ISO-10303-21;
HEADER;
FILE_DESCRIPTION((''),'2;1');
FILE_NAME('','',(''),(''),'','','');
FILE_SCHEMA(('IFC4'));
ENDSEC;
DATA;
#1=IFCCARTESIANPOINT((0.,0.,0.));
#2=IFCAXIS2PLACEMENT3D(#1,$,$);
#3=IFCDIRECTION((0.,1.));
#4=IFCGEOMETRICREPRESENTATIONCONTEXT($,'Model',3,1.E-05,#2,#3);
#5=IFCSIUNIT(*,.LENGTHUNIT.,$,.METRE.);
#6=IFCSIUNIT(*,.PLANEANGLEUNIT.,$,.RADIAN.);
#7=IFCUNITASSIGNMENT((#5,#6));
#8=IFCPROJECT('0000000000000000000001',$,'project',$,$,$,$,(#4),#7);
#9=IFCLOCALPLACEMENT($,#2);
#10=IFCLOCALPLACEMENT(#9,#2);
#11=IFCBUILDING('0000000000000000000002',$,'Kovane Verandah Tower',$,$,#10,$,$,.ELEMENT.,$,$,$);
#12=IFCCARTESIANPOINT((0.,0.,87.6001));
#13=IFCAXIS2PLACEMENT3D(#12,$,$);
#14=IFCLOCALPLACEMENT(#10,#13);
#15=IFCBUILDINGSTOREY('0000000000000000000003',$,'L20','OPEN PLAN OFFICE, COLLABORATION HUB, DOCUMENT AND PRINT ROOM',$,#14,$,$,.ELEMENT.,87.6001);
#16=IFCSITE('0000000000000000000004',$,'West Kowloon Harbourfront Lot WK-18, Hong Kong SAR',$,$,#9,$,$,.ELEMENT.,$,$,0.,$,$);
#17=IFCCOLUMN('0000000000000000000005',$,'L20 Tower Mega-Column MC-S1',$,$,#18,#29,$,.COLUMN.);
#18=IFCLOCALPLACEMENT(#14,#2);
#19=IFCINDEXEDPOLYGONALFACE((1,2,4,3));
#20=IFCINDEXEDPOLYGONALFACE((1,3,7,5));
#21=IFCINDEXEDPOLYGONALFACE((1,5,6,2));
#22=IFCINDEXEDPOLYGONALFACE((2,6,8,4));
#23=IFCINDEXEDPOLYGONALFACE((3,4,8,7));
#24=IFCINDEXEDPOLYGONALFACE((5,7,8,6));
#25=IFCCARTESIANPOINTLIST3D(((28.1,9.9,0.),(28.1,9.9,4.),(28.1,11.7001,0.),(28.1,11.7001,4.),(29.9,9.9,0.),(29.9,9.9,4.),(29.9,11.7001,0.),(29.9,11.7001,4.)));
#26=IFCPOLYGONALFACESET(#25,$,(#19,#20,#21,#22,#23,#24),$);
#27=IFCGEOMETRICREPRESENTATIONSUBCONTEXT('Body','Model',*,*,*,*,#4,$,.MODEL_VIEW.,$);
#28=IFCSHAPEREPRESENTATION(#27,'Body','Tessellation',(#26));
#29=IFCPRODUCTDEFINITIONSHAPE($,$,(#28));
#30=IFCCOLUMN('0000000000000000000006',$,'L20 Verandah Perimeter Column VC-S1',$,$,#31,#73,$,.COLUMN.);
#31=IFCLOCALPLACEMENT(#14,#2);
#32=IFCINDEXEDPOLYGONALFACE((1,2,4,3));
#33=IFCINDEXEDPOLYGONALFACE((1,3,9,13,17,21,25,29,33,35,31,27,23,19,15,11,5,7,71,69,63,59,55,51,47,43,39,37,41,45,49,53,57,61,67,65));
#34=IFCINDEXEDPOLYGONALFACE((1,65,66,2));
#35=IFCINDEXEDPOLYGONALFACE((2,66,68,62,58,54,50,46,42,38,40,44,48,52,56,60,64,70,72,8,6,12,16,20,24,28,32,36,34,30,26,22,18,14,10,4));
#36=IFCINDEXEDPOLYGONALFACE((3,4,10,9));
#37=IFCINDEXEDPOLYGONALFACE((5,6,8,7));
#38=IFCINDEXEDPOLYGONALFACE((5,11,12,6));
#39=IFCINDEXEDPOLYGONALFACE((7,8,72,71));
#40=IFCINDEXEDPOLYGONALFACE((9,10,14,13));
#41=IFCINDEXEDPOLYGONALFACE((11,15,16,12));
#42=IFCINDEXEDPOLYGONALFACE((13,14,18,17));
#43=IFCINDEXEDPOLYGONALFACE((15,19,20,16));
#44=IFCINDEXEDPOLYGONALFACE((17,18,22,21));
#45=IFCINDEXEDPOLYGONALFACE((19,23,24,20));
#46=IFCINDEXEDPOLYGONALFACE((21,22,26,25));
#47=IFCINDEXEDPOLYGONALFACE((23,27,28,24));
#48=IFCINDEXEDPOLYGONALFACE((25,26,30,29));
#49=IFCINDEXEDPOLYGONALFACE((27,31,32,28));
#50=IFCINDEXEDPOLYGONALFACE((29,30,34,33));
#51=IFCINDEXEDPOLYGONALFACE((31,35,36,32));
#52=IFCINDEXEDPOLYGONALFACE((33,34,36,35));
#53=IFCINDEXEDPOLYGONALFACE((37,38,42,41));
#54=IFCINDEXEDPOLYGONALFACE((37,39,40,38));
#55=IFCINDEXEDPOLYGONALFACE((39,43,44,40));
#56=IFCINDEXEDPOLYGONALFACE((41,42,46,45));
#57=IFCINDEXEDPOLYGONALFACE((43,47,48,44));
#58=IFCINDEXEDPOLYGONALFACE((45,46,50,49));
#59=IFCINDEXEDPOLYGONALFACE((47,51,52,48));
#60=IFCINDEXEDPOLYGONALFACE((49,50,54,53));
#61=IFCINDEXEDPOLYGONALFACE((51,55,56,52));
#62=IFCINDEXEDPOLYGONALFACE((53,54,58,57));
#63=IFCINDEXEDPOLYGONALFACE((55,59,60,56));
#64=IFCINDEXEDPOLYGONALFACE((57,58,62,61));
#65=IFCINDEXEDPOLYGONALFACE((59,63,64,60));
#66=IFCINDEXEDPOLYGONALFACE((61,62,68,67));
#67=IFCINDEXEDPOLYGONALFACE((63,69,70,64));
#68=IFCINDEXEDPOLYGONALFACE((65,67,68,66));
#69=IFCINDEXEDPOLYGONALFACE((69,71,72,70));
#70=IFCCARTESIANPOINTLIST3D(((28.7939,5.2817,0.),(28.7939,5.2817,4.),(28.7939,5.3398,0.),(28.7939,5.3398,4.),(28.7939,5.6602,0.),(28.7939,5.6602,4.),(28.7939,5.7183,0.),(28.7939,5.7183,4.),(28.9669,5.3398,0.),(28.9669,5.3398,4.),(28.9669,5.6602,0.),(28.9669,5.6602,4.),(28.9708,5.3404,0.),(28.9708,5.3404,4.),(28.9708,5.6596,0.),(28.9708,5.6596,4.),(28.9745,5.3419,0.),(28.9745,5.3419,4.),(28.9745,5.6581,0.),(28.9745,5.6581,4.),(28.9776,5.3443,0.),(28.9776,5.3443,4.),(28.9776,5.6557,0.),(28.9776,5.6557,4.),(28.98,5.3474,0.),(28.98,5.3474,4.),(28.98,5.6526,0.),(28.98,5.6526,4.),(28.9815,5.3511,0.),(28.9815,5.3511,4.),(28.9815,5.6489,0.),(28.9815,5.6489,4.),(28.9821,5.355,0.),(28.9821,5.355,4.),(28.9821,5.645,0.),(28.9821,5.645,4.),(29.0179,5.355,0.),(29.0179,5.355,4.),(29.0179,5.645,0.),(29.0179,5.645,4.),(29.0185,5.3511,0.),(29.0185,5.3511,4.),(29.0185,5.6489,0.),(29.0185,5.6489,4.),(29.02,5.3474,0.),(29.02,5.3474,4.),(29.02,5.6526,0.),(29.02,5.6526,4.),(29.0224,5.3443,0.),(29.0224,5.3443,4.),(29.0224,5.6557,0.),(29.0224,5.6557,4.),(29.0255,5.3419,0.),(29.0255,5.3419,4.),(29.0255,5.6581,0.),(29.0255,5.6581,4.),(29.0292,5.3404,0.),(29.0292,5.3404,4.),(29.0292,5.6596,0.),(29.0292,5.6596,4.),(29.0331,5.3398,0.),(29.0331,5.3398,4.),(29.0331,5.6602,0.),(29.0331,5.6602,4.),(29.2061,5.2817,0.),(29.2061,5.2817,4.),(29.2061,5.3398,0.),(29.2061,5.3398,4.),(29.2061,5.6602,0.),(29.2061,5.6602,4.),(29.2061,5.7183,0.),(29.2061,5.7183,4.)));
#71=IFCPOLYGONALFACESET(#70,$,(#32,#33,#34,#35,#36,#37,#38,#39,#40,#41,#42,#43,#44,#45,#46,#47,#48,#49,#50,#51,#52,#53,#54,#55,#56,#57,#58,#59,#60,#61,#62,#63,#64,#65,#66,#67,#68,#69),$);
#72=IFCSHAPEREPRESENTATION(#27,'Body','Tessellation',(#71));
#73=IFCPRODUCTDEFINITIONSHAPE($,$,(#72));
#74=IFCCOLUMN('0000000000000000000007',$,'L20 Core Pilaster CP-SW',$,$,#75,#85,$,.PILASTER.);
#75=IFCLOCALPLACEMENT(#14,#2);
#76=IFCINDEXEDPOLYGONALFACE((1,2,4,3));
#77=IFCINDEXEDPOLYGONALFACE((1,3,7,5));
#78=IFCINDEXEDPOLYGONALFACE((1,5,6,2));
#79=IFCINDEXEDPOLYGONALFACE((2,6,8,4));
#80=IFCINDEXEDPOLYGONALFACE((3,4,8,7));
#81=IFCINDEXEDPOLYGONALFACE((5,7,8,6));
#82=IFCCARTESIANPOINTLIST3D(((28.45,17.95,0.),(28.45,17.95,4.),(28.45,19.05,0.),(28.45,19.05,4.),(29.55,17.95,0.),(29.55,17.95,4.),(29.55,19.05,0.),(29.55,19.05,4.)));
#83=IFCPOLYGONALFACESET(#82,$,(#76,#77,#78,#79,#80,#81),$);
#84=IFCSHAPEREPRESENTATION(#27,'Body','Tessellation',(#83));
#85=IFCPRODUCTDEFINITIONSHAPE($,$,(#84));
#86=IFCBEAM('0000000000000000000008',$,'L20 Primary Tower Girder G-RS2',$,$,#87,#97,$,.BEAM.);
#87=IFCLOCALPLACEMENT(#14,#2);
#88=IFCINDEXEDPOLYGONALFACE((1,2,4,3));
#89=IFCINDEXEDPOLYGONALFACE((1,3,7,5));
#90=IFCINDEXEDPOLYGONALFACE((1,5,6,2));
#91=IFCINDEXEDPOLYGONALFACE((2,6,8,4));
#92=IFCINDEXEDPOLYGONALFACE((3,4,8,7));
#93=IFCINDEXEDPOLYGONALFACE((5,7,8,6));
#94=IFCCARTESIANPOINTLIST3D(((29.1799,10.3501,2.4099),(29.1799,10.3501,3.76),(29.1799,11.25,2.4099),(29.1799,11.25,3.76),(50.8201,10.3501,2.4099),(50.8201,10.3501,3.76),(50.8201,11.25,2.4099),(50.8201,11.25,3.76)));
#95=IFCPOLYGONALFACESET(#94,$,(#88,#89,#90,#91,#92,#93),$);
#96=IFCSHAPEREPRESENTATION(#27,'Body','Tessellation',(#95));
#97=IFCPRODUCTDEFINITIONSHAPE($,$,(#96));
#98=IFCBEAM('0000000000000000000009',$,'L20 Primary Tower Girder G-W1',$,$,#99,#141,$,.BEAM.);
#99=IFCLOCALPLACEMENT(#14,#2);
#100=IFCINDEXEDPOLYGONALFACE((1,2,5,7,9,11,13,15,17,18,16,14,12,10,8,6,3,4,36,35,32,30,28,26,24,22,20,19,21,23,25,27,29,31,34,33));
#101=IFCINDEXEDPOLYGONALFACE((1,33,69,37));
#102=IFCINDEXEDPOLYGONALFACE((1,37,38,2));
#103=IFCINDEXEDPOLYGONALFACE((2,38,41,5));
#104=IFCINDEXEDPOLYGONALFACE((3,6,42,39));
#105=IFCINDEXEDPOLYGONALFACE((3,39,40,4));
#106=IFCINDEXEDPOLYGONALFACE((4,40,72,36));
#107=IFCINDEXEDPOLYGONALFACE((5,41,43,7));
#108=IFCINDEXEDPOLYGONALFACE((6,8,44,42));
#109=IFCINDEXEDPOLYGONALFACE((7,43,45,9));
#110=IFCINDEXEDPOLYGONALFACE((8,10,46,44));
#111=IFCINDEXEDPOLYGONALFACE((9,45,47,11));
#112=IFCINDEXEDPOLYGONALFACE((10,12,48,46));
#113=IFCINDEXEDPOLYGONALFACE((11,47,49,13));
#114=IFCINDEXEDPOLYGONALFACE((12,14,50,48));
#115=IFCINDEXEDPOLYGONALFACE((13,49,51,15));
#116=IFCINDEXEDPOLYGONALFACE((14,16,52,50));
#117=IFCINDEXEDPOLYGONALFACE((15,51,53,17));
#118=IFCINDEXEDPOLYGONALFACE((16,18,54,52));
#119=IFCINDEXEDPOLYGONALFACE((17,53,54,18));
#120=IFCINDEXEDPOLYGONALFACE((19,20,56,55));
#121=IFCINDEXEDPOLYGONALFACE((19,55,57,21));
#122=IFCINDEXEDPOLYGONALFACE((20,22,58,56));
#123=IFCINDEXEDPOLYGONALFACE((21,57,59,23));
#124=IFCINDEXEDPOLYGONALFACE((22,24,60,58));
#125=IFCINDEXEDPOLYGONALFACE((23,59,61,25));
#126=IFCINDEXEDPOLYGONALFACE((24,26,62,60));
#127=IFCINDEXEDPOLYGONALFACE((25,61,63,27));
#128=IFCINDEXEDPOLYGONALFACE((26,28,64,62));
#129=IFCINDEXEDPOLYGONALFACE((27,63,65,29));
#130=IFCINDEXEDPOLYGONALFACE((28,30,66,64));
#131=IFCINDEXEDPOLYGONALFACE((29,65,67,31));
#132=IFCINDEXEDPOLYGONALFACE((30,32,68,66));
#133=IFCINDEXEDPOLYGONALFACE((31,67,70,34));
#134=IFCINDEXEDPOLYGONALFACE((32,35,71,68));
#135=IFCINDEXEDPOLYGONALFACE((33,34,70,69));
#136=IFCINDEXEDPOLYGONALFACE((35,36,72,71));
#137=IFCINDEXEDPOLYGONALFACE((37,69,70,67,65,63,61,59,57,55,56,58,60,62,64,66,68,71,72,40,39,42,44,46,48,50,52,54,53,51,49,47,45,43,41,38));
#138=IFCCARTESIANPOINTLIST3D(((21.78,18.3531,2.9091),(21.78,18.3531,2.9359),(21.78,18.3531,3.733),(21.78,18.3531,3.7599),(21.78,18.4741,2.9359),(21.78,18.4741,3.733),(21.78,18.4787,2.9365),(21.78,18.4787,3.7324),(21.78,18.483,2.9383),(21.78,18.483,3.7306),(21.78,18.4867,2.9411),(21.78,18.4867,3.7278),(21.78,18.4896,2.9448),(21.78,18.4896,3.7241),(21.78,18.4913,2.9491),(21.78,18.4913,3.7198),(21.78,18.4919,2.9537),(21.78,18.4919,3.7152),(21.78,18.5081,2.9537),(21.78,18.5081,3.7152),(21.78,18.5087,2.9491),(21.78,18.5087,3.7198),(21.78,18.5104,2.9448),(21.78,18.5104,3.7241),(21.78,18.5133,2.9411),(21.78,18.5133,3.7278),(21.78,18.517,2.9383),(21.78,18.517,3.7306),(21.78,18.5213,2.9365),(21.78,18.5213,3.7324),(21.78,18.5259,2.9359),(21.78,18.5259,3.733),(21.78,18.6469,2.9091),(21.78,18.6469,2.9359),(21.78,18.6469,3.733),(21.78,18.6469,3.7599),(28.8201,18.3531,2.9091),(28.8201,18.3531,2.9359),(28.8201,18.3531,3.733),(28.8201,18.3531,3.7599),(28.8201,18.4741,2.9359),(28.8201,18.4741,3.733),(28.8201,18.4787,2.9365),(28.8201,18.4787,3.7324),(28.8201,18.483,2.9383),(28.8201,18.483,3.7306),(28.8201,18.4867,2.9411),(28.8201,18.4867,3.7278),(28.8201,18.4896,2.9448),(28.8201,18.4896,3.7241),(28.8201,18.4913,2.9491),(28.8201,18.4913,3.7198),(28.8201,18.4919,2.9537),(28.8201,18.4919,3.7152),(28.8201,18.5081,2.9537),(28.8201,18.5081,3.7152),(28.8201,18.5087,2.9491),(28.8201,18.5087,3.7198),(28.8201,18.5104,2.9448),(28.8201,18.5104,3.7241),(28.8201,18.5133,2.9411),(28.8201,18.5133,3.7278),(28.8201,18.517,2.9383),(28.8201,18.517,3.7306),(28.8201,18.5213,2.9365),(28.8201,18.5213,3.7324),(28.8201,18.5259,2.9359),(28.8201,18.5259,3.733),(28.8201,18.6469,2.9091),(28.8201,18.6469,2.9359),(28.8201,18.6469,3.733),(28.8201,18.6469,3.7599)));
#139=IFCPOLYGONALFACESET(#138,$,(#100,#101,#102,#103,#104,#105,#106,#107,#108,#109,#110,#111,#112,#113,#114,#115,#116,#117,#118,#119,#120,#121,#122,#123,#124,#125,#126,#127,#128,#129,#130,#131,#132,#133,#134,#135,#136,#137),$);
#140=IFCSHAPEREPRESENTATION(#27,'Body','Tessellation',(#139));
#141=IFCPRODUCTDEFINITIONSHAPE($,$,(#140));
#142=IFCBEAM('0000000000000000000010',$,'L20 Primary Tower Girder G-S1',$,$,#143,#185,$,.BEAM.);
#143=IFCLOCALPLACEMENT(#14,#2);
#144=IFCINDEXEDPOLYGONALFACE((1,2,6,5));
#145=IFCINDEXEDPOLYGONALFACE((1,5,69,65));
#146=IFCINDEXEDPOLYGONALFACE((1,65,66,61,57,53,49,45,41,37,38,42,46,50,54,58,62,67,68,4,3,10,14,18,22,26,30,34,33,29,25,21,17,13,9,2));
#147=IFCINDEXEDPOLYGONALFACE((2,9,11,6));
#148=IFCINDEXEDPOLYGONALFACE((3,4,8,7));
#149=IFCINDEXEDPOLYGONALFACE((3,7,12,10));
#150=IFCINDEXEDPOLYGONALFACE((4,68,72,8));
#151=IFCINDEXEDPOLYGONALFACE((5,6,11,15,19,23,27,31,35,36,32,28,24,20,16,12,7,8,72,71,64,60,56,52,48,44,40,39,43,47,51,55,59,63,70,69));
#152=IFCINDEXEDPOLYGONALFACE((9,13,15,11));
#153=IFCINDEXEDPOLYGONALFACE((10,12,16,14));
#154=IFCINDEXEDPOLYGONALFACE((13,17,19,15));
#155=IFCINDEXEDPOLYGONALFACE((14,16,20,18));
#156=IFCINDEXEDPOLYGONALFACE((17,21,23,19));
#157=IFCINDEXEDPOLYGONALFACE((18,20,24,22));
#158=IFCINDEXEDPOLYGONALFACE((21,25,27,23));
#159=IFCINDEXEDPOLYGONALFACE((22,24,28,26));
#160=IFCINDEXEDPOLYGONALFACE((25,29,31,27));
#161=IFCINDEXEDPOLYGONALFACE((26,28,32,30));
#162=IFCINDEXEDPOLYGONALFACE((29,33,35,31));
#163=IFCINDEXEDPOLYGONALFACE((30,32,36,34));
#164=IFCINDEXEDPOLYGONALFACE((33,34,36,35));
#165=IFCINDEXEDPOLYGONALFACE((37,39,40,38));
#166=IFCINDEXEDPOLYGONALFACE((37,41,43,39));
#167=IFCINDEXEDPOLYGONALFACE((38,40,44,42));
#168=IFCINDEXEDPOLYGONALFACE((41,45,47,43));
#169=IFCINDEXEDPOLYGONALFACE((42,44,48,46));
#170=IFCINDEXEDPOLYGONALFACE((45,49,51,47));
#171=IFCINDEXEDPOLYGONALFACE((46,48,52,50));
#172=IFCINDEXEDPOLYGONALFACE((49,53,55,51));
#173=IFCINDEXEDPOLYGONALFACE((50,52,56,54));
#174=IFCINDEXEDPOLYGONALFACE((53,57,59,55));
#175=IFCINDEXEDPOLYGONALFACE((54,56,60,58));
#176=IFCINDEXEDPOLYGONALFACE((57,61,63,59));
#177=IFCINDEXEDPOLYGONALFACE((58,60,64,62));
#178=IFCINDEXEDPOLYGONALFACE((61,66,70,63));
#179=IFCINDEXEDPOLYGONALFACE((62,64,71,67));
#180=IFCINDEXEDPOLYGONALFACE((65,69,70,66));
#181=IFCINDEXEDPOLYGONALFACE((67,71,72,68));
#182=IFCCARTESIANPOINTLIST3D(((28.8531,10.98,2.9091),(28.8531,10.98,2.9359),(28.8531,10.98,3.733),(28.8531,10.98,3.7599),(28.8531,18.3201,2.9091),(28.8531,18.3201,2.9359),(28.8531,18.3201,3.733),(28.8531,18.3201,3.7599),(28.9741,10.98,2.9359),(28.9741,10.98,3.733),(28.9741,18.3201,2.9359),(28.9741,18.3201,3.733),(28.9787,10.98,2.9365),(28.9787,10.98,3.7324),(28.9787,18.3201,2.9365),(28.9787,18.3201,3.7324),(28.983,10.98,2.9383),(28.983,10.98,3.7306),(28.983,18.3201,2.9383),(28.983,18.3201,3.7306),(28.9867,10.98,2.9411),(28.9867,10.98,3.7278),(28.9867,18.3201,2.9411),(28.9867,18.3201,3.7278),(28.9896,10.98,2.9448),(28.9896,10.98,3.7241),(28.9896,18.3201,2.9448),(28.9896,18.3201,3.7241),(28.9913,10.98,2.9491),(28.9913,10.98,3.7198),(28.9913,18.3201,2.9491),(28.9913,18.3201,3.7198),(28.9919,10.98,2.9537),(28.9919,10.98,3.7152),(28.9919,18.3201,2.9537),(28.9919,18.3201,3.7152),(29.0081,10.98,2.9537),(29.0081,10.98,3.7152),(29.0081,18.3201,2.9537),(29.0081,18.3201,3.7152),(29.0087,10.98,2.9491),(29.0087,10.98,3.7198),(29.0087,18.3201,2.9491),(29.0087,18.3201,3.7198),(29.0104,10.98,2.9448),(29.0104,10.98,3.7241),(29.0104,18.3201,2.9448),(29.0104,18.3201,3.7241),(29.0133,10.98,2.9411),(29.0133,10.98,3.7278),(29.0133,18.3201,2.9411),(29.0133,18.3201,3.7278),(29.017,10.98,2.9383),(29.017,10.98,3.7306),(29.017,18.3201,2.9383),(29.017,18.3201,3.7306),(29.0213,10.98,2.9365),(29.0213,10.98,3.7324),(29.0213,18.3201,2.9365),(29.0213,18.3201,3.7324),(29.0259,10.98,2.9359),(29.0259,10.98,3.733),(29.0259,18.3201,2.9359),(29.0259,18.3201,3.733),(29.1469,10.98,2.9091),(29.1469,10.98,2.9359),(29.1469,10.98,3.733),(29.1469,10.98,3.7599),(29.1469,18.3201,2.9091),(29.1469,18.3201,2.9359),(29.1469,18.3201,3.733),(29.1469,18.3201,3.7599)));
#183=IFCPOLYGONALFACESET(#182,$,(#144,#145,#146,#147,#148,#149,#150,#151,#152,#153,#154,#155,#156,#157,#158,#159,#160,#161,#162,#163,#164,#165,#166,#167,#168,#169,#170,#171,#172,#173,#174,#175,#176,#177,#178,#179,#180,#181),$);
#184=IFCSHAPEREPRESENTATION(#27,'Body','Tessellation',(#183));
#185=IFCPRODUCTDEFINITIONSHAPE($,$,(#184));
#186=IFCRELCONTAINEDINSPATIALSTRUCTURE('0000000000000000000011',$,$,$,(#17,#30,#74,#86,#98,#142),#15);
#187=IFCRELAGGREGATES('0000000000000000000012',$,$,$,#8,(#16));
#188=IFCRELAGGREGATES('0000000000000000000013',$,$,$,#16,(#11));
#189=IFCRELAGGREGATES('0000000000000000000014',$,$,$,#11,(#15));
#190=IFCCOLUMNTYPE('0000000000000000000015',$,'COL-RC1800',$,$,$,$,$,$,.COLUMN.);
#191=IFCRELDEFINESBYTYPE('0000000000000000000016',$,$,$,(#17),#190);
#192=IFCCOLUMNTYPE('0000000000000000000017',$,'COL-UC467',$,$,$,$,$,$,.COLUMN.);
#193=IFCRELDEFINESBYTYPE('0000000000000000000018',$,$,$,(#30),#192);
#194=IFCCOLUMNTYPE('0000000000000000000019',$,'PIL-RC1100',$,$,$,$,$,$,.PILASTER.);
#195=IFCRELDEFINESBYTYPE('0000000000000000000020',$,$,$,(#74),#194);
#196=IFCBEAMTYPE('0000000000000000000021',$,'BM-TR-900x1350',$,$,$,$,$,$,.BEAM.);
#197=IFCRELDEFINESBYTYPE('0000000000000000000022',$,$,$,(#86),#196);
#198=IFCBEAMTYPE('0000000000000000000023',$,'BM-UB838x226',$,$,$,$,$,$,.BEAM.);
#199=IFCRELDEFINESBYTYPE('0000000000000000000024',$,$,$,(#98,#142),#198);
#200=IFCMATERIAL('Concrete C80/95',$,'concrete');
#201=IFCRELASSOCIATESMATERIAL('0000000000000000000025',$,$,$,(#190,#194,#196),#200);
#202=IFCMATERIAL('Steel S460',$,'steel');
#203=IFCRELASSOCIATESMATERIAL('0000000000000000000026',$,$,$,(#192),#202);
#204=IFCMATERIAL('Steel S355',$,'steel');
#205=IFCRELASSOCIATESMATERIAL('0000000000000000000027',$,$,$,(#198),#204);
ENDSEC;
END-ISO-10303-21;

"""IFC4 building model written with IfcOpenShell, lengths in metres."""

from ifc_helpers import new_model, si_unit, direction, frame, origin, origin_2d, place, context, subcontext, project, spatial, rectangle, i_section, extrude, material, material_profile, profile_set, type_object, element, save


model = new_model("IFC4")

# Units and contexts
model_context = context("Model", 3, precision=1e-05, world=origin(), true_north=direction((0.0, 1.0)))
body_context = subcontext(model_context, "Body", "Model", "MODEL_VIEW")
ifc_project = project(units=[si_unit("LENGTHUNIT", "METRE"), si_unit("PLANEANGLEUNIT", "RADIAN")], contexts=[model_context])

# Site, building, storey
site_placement = place(None, origin())
site = spatial("IfcSite", under=ifc_project, at=site_placement, Name="West Kowloon Harbourfront Lot WK-18, Hong Kong SAR", CompositionType="ELEMENT", RefElevation=0.0)
building_placement = place(site_placement, origin())
building = spatial("IfcBuilding", under=site, at=building_placement, Name="Kovane Verandah Tower", CompositionType="ELEMENT")
storey_placement = place(building_placement, frame((0.0, 0.0, 87.6001)))
storey = spatial("IfcBuildingStorey", under=building, at=storey_placement, Name="L20", Description="OPEN PLAN OFFICE, COLLABORATION HUB, DOCUMENT AND PRINT ROOM", CompositionType="ELEMENT", Elevation=87.6001)

# Columns
ifc_material_1 = material(Name="Concrete C80/95", Category="concrete")
ifc_material_profile_1 = material_profile(ifc_material_1, rectangle(XDim=1.8, YDim=1.8, at=origin_2d()), Name="RC1800x1800")
ifc_profile_set_1 = profile_set([ifc_material_profile_1], Name="Concrete C80/95")
column_type_1 = type_object("IfcColumnType", Name="COL-RC1800", PredefinedType="COLUMN", material=ifc_profile_set_1)
column_1_placement = place(storey_placement, frame((29.0, 10.8, 0.0), z_axis=(0.0, 0.0, 1.0), x_axis=(1.0, 0.0, 0.0)))
element("IfcColumn", 1, at=column_1_placement, inside=storey, type_object=column_type_1, Name="L20 Tower Mega-Column MC-S1", PredefinedType="COLUMN", context=body_context, shape_type="SweptSolid", body=[
    extrude(rectangle(XDim=1.8, YDim=1.8, at=origin_2d()), origin(), (0.0, 0.0, 1.0), 4.0),
])
ifc_material_2 = material(Name="Steel S460", Category="steel")
ifc_material_profile_2 = material_profile(ifc_material_2, i_section(OverallWidth=0.4121, OverallDepth=0.4365, WebThickness=0.0359, FlangeThickness=0.0581, FilletRadius=0.0151, at=origin_2d()), Name="UC356x406x467")
ifc_profile_set_2 = profile_set([ifc_material_profile_2], Name="Steel S460")
column_type_2 = type_object("IfcColumnType", Name="COL-UC467", PredefinedType="COLUMN", material=ifc_profile_set_2)
column_2_placement = place(storey_placement, frame((29.0, 5.5, 0.0), z_axis=(0.0, 0.0, 1.0), x_axis=(1.0, 0.0, 0.0)))
element("IfcColumn", 2, at=column_2_placement, inside=storey, type_object=column_type_2, Name="L20 Verandah Perimeter Column VC-S1", PredefinedType="COLUMN", context=body_context, shape_type="SweptSolid", body=[
    extrude(i_section(OverallWidth=0.4121, OverallDepth=0.4365, WebThickness=0.0359, FlangeThickness=0.0581, FilletRadius=0.0151, at=origin_2d()), origin(), (0.0, 0.0, 1.0), 4.0),
])
ifc_material_profile_3 = material_profile(ifc_material_1, rectangle(XDim=1.1001, YDim=1.1001, at=origin_2d()), Name="RC1100x1100")
ifc_profile_set_3 = profile_set([ifc_material_profile_3], Name="Concrete C80/95")
column_type_3 = type_object("IfcColumnType", Name="PIL-RC1100", PredefinedType="PILASTER", material=ifc_profile_set_3)
column_3_placement = place(storey_placement, frame((29.0, 18.5, 0.0), z_axis=(0.0, 0.0, 1.0), x_axis=(1.0, 0.0, 0.0)))
element("IfcColumn", 3, at=column_3_placement, inside=storey, type_object=column_type_3, Name="L20 Core Pilaster CP-SW", PredefinedType="PILASTER", context=body_context, shape_type="SweptSolid", body=[
    extrude(rectangle(XDim=1.1001, YDim=1.1001, at=origin_2d()), origin(), (0.0, 0.0, 1.0), 4.0),
])

# Beams
ifc_material_profile_4 = material_profile(ifc_material_1, rectangle(XDim=0.8999, YDim=1.3501, at=origin_2d()), Name="RCB900x1350")
ifc_profile_set_4 = profile_set([ifc_material_profile_4], Name="Concrete C80/95")
beam_type_1 = type_object("IfcBeamType", Name="BM-TR-900x1350", PredefinedType="BEAM", material=ifc_profile_set_4)
beam_1_placement = place(storey_placement, frame((29.1799, 10.8, 3.085), z_axis=(1.0, 0.0, 0.0), x_axis=(0.0, 1.0, 0.0)))
element("IfcBeam", 4, at=beam_1_placement, inside=storey, type_object=beam_type_1, Name="L20 Primary Tower Girder G-RS2", PredefinedType="BEAM", context=body_context, shape_type="SweptSolid", body=[
    extrude(rectangle(XDim=0.8999, YDim=1.3501, at=origin_2d()), origin(), (0.0, 0.0, 1.0), 21.6401),
])
ifc_material_3 = material(Name="Steel S355", Category="steel")
ifc_material_profile_5 = material_profile(ifc_material_3, i_section(OverallWidth=0.2937, OverallDepth=0.8508, WebThickness=0.0161, FlangeThickness=0.0269, FilletRadius=0.0178, at=origin_2d()), Name="UB838x292x226")
ifc_profile_set_5 = profile_set([ifc_material_profile_5], Name="Steel S355")
beam_type_2 = type_object("IfcBeamType", Name="BM-UB838x226", PredefinedType="BEAM", material=ifc_profile_set_5)
beam_2_placement = place(storey_placement, frame((28.8201, 18.5, 3.3345), z_axis=(-1.0, 0.0, 0.0), x_axis=(0.0, -1.0, 0.0)))
element("IfcBeam", 5, at=beam_2_placement, inside=storey, type_object=beam_type_2, Name="L20 Primary Tower Girder G-W1", PredefinedType="BEAM", context=body_context, shape_type="SweptSolid", body=[
    extrude(i_section(OverallWidth=0.2937, OverallDepth=0.8508, WebThickness=0.0161, FlangeThickness=0.0269, FilletRadius=0.0178, at=origin_2d()), origin(), (0.0, 0.0, 1.0), 7.04),
])
beam_3_placement = place(storey_placement, frame((29.0, 18.3201, 3.3345), z_axis=(0.0, -1.0, 0.0), x_axis=(1.0, 0.0, 0.0)))
element("IfcBeam", 6, at=beam_3_placement, inside=storey, type_object=beam_type_2, Name="L20 Primary Tower Girder G-S1", PredefinedType="BEAM", context=body_context, shape_type="SweptSolid", body=[
    extrude(i_section(OverallWidth=0.2937, OverallDepth=0.8508, WebThickness=0.0161, FlangeThickness=0.0269, FilletRadius=0.0178, at=origin_2d()), origin(), (0.0, 0.0, 1.0), 7.3401),
])

save(model, "model.ifc")
